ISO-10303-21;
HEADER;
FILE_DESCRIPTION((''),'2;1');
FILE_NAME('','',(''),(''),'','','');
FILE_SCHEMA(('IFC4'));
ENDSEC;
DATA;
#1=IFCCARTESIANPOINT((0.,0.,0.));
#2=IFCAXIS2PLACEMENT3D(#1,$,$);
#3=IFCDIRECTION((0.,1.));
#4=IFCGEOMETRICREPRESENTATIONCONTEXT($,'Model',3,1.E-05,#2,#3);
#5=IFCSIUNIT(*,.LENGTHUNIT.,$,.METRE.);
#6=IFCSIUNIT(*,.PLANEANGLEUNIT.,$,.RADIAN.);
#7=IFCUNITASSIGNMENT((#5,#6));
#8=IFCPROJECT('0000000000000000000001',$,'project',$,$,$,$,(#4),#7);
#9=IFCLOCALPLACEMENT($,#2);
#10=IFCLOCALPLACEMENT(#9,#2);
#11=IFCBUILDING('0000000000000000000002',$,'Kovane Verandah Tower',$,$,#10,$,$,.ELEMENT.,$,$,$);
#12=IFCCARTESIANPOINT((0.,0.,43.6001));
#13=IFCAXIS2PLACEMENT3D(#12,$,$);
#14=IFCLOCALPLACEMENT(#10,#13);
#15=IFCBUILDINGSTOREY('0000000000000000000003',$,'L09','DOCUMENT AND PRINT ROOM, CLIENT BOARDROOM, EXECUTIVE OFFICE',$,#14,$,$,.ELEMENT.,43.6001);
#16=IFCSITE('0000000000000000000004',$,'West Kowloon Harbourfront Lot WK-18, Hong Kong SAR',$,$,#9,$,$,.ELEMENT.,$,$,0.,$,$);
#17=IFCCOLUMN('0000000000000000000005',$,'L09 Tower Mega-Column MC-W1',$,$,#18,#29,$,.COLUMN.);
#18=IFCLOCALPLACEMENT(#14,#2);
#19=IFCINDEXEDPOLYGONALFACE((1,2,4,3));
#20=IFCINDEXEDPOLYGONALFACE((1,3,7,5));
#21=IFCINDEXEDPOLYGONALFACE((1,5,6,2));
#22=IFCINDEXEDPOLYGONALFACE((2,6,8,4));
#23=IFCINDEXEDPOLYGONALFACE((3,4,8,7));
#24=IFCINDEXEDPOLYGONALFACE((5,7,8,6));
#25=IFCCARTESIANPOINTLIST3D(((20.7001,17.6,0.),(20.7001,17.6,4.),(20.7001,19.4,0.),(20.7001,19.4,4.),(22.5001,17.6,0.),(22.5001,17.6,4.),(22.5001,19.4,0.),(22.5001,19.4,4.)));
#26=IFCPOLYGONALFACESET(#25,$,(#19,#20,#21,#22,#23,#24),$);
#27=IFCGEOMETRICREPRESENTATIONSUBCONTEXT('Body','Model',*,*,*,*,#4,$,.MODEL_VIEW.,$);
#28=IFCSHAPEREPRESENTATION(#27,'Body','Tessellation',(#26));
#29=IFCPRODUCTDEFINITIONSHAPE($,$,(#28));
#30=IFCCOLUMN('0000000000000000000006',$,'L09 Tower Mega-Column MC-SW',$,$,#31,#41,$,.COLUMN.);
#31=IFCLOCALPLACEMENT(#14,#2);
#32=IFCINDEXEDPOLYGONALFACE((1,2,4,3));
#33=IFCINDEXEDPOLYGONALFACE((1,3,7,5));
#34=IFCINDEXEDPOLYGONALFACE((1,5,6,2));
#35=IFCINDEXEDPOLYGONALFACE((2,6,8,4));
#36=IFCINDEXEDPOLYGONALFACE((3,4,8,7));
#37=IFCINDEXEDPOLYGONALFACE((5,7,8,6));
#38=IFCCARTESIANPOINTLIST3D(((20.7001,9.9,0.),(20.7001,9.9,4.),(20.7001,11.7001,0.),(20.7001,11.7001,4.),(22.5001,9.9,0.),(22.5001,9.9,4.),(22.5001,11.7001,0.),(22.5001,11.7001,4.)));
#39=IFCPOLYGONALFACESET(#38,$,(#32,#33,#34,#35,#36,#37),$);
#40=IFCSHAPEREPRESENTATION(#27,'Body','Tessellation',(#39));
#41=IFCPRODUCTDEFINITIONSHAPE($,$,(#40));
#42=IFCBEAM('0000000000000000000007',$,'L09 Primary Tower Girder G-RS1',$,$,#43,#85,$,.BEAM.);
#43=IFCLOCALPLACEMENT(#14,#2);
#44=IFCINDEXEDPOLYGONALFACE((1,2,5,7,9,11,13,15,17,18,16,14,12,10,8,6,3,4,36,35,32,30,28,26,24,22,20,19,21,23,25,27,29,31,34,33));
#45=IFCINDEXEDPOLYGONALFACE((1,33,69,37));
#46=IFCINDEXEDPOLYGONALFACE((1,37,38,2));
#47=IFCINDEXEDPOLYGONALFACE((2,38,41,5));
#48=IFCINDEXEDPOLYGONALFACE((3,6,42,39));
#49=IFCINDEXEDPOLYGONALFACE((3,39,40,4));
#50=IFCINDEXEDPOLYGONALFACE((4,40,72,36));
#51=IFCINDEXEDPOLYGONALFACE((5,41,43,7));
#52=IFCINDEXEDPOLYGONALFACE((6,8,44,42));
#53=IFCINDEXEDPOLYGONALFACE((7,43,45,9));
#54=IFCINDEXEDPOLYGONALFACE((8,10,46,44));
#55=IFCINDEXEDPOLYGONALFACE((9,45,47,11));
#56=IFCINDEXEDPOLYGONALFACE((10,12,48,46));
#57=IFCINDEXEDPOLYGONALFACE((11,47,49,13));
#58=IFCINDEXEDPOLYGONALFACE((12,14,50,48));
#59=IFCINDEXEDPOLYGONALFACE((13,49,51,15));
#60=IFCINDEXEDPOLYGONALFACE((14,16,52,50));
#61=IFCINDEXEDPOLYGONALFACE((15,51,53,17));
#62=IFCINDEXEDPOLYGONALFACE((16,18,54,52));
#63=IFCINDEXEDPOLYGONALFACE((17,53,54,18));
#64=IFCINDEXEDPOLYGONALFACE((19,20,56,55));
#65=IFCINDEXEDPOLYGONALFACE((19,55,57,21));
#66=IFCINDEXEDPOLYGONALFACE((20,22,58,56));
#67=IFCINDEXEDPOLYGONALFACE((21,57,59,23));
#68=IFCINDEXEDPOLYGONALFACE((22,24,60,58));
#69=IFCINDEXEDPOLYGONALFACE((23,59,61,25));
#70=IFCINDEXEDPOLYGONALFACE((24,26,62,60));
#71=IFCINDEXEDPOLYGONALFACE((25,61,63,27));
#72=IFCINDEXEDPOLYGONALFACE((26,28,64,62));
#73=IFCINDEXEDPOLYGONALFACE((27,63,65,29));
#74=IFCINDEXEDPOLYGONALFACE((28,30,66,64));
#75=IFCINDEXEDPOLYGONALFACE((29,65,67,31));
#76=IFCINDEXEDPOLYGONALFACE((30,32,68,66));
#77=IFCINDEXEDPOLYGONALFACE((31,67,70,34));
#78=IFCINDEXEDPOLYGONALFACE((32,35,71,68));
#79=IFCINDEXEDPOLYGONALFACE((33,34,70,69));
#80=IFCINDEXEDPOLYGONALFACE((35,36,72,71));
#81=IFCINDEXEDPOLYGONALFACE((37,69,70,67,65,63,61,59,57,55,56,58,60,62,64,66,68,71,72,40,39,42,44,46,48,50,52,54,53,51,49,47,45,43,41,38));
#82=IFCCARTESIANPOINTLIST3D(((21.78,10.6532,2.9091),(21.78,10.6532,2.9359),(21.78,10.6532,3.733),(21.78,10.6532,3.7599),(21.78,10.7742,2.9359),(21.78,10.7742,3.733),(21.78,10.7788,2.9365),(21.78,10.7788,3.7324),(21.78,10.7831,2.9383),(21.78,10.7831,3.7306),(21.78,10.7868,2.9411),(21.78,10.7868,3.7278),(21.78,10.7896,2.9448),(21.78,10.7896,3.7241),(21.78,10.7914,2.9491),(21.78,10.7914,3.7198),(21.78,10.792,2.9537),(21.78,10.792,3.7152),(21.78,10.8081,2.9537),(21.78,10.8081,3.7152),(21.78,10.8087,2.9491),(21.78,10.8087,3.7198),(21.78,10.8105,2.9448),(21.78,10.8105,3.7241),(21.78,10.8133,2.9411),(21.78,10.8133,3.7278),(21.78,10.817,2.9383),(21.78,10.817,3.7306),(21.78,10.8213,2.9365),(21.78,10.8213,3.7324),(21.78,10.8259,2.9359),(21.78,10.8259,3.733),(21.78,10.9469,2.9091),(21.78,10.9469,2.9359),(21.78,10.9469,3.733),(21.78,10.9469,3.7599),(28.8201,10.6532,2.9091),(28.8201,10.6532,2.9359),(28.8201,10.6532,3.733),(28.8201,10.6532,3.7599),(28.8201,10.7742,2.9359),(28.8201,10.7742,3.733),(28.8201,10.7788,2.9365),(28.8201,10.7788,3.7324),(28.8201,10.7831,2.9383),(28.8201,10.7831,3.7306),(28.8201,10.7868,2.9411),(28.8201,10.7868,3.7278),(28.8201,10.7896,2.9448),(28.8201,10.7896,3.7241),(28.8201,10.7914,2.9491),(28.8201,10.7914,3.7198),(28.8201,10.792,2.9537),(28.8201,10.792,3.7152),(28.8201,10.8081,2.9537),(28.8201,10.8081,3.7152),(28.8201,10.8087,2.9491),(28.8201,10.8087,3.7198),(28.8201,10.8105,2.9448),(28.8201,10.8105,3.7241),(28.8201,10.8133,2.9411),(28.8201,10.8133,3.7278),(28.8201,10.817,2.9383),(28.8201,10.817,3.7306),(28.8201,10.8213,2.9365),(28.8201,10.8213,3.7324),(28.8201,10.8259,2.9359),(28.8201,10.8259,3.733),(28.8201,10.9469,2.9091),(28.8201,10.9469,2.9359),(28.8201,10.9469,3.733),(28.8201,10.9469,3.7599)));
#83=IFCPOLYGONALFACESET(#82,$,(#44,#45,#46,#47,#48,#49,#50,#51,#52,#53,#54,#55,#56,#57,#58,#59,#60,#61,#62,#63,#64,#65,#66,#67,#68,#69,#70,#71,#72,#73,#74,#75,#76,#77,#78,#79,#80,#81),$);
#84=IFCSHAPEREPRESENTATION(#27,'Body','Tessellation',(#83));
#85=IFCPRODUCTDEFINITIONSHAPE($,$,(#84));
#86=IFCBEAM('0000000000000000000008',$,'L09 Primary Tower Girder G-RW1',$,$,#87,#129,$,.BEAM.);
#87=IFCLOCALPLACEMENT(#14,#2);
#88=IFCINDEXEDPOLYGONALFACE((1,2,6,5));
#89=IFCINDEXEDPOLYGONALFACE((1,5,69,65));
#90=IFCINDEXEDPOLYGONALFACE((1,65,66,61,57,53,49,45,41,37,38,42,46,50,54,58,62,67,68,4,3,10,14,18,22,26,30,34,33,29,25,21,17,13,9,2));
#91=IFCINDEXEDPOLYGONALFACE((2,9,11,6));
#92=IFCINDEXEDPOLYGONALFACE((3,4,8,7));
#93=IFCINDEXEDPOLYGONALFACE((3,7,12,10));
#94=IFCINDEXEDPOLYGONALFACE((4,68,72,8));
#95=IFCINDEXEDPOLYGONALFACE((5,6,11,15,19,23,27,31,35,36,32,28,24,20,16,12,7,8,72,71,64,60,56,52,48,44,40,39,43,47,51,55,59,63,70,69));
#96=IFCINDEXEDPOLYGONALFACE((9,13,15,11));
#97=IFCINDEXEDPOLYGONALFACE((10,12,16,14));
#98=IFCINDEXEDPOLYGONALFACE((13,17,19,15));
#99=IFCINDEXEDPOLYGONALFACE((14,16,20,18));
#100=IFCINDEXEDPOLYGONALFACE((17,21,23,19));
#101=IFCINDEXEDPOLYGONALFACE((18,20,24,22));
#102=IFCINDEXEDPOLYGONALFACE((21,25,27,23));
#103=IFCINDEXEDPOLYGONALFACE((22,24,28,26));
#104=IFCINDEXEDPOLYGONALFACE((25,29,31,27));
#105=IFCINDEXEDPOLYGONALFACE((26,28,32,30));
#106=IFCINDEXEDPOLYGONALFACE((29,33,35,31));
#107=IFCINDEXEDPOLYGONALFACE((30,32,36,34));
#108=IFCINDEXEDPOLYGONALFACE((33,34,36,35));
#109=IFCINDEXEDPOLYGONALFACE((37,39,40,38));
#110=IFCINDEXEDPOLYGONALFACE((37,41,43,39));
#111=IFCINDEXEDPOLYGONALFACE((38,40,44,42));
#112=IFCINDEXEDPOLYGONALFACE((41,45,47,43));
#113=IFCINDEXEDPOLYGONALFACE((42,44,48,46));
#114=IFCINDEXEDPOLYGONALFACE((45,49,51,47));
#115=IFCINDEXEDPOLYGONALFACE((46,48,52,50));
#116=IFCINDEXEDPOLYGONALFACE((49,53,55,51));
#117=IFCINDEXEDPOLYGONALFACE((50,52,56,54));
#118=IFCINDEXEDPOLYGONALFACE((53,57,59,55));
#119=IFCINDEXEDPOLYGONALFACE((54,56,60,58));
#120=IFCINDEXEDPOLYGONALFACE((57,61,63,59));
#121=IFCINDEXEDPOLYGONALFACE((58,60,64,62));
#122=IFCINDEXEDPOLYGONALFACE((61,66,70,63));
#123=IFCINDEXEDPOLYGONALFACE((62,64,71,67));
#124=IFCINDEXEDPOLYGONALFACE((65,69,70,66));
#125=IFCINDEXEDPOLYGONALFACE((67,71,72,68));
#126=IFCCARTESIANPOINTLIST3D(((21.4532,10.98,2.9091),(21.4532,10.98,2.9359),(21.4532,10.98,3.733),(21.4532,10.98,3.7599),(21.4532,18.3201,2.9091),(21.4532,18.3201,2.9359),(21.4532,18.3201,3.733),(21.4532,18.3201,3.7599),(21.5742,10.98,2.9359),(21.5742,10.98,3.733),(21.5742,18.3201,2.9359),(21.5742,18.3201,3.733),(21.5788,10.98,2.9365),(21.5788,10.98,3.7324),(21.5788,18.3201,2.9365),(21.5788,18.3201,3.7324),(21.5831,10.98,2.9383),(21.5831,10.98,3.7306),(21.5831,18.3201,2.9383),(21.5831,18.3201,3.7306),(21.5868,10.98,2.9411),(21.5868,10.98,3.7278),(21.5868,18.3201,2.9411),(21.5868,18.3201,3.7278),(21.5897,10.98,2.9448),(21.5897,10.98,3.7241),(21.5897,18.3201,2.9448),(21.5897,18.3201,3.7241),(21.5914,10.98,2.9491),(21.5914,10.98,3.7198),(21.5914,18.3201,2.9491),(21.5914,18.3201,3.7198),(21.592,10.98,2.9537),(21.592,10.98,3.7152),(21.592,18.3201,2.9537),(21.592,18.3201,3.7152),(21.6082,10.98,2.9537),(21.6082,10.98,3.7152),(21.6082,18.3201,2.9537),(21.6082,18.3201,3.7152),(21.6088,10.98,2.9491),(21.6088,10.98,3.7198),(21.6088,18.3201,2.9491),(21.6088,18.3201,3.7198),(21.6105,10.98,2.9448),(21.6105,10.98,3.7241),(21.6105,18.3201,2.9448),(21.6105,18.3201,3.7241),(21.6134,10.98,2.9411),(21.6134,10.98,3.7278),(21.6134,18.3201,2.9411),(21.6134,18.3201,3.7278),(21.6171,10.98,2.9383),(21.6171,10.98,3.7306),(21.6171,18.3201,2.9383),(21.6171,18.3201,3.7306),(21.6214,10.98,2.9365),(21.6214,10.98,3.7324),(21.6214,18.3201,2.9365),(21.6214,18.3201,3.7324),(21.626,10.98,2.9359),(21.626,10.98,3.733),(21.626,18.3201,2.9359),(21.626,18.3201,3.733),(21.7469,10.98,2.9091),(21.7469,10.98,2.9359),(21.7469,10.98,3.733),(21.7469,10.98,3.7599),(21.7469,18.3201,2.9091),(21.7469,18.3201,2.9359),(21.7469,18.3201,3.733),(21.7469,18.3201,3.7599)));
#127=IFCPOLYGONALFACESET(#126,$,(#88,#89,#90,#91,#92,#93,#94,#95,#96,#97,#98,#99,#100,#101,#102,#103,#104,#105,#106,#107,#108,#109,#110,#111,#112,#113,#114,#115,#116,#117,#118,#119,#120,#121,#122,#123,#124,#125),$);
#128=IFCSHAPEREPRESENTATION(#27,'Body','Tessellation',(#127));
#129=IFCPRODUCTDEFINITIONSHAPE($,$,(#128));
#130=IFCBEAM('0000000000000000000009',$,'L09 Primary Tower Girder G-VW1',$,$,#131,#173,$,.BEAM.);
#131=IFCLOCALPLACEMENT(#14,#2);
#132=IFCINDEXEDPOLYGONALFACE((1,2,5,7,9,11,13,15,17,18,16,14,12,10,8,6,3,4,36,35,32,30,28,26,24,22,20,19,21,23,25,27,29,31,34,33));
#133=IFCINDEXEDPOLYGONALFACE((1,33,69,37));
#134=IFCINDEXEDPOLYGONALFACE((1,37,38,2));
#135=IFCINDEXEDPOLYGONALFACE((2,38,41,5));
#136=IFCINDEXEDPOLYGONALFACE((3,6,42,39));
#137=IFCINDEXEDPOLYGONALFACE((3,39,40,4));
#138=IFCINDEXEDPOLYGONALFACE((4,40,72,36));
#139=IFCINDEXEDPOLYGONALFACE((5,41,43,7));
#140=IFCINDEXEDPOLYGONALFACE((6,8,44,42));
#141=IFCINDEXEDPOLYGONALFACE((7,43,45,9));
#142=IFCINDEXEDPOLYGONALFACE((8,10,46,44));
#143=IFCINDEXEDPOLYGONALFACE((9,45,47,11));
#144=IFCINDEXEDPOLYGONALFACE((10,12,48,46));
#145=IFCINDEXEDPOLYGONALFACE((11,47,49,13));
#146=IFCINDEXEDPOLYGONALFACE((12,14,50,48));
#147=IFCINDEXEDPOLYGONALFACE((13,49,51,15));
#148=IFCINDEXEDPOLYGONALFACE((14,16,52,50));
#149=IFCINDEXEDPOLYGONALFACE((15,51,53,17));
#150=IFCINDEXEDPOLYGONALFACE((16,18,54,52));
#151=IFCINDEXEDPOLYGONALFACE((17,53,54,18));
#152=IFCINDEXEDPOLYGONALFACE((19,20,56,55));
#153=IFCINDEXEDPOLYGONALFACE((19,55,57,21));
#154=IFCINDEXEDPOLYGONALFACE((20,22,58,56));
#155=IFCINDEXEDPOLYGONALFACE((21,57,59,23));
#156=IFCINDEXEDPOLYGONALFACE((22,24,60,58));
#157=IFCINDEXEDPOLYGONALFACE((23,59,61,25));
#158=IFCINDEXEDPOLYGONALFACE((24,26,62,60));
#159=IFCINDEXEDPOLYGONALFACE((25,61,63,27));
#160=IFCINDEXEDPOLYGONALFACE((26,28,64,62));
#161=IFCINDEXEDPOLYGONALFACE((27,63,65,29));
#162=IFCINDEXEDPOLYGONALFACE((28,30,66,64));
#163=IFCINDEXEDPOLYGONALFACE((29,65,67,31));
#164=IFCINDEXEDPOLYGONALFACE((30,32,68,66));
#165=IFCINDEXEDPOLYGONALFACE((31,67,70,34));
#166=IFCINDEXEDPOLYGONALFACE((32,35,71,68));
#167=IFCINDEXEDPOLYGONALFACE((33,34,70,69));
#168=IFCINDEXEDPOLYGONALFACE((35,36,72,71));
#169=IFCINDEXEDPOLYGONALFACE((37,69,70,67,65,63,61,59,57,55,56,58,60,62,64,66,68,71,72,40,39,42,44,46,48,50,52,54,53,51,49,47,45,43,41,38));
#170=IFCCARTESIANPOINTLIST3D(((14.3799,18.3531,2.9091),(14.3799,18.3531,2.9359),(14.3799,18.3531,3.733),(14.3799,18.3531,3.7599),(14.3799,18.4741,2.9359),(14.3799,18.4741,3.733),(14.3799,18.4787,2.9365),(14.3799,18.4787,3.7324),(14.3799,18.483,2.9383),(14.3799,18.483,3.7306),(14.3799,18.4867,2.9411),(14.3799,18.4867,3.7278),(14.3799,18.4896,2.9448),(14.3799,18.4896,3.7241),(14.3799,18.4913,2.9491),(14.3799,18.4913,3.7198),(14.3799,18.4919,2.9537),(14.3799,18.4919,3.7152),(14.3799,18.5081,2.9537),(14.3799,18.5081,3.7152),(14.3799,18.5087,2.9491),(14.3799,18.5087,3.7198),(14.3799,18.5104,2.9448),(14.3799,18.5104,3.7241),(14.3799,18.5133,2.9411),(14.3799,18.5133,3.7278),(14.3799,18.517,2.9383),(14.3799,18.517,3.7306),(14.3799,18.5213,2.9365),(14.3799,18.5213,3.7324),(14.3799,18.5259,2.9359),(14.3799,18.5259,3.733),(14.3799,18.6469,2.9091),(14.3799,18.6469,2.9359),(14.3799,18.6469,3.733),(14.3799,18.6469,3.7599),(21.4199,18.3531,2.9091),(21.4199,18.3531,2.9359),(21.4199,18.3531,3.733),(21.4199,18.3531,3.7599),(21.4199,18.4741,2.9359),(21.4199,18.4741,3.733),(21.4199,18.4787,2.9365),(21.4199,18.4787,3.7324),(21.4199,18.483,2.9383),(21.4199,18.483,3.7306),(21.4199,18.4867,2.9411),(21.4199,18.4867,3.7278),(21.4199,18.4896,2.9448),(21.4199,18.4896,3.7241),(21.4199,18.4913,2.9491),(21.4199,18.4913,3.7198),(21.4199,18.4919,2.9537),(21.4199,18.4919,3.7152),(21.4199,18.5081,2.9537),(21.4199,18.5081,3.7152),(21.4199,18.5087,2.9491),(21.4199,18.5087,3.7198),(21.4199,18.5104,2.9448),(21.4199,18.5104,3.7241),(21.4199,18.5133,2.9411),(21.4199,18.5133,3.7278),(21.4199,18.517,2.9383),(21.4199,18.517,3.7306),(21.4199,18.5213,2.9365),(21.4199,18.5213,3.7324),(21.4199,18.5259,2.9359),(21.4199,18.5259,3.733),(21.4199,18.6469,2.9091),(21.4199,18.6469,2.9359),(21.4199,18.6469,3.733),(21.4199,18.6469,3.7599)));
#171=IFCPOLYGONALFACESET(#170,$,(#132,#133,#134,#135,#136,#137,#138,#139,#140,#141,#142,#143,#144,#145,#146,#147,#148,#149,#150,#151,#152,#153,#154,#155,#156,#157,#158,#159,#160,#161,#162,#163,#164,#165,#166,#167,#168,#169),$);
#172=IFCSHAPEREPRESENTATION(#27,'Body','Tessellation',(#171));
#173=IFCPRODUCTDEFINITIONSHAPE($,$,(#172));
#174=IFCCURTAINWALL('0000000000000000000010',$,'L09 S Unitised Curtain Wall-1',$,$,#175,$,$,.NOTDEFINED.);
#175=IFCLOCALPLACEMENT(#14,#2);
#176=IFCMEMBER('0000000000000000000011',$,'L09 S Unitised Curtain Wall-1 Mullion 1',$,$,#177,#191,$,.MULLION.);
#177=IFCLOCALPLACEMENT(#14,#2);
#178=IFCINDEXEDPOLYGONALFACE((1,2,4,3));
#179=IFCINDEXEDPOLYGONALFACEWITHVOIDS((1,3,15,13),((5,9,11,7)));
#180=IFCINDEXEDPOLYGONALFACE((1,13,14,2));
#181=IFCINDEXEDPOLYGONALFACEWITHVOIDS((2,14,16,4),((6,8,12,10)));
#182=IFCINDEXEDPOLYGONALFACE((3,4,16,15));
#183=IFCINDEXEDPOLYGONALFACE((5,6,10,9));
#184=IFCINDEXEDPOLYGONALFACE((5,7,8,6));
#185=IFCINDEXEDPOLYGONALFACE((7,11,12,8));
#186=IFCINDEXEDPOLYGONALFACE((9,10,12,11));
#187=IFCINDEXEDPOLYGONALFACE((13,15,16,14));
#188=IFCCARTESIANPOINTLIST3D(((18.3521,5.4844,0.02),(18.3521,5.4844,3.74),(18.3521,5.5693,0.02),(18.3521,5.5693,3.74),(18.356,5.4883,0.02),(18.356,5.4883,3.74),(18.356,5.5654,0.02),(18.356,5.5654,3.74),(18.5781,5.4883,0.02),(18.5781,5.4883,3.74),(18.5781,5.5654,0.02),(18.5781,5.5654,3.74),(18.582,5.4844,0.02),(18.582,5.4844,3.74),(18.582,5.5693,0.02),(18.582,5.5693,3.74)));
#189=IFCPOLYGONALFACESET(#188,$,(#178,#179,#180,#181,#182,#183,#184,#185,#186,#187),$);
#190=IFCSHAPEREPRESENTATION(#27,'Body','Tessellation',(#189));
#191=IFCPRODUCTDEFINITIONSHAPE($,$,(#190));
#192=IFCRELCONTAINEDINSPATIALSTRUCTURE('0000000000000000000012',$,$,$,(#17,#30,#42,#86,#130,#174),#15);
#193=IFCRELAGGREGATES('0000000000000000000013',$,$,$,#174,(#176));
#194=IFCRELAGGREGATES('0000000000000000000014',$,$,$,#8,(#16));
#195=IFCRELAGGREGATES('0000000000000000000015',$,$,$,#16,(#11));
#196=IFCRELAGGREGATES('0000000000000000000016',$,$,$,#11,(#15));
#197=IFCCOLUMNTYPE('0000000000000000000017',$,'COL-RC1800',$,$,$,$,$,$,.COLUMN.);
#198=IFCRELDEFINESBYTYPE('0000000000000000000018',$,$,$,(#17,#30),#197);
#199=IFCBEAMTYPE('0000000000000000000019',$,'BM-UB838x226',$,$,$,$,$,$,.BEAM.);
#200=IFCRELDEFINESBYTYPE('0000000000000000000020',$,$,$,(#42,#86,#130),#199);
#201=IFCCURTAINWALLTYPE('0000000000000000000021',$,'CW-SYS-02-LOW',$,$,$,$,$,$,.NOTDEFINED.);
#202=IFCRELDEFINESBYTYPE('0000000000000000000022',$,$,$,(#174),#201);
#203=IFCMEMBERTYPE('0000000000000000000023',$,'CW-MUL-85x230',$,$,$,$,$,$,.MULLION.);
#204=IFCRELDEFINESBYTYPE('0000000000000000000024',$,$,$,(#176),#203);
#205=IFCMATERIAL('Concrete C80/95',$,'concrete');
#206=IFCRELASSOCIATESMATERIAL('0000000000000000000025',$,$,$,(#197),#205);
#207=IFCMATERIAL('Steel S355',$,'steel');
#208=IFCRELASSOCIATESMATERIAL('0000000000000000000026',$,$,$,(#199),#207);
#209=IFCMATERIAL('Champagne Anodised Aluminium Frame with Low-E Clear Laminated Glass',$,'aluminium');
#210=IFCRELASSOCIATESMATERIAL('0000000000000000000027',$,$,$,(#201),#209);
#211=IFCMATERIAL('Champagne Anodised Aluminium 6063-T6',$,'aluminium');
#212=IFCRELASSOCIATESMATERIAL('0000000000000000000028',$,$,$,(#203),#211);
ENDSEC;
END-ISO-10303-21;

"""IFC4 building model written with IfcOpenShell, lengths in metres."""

from ifc_helpers import new_model, si_unit, direction, frame, origin, origin_2d, place, context, subcontext, project, spatial, rectangle, hollow_rectangle, i_section, extrude, material, material_profile, profile_set, type_object, element, aggregate, save


model = new_model("IFC4")

# Units and contexts
model_context = context("Model", 3, precision=1e-05, world=origin(), true_north=direction((0.0, 1.0)))
body_context = subcontext(model_context, "Body", "Model", "MODEL_VIEW")
ifc_project = project(units=[si_unit("LENGTHUNIT", "METRE"), si_unit("PLANEANGLEUNIT", "RADIAN")], contexts=[model_context])

# Site, building, storey
site_placement = place(None, origin())
site = spatial("IfcSite", under=ifc_project, at=site_placement, Name="West Kowloon Harbourfront Lot WK-18, Hong Kong SAR", CompositionType="ELEMENT", RefElevation=0.0)
building_placement = place(site_placement, origin())
building = spatial("IfcBuilding", under=site, at=building_placement, Name="Kovane Verandah Tower", CompositionType="ELEMENT")
storey_placement = place(building_placement, frame((0.0, 0.0, 43.6001)))
storey = spatial("IfcBuildingStorey", under=building, at=storey_placement, Name="L09", Description="DOCUMENT AND PRINT ROOM, CLIENT BOARDROOM, EXECUTIVE OFFICE", CompositionType="ELEMENT", Elevation=43.6001)

# Columns
ifc_material_1 = material(Name="Concrete C80/95", Category="concrete")
ifc_material_profile_1 = material_profile(ifc_material_1, rectangle(XDim=1.8, YDim=1.8, at=origin_2d()), Name="RC1800x1800")
ifc_profile_set_1 = profile_set([ifc_material_profile_1], Name="Concrete C80/95")
column_type = type_object("IfcColumnType", Name="COL-RC1800", PredefinedType="COLUMN", material=ifc_profile_set_1)
for number, where, z_axis, x_axis, name in (
    (1, (21.6001, 18.5, 0.0), (0.0, 0.0, 1.0), (1.0, 0.0, 0.0), "L09 Tower Mega-Column MC-W1"),
    (2, (21.6001, 10.8, 0.0), (0.0, 0.0, 1.0), (1.0, 0.0, 0.0), "L09 Tower Mega-Column MC-SW"),
):
    element("IfcColumn", number, at=place(storey_placement, frame(where, z_axis=z_axis, x_axis=x_axis)), inside=storey, type_object=column_type, Name=name, PredefinedType="COLUMN", context=body_context, shape_type="SweptSolid", body=[
        extrude(rectangle(XDim=1.8, YDim=1.8, at=origin_2d()), origin(), (0.0, 0.0, 1.0), 4.0),
    ])

# Beams
ifc_material_2 = material(Name="Steel S355", Category="steel")
ifc_material_profile_2 = material_profile(ifc_material_2, i_section(OverallWidth=0.2937, OverallDepth=0.8508, WebThickness=0.0161, FlangeThickness=0.0269, FilletRadius=0.0178, at=origin_2d()), Name="UB838x292x226")
ifc_profile_set_2 = profile_set([ifc_material_profile_2], Name="Steel S355")
beam_type = type_object("IfcBeamType", Name="BM-UB838x226", PredefinedType="BEAM", material=ifc_profile_set_2)
beam_1_placement = place(storey_placement, frame((21.78, 10.8, 3.3345), z_axis=(1.0, 0.0, 0.0), x_axis=(0.0, 1.0, 0.0)))
element("IfcBeam", 3, at=beam_1_placement, inside=storey, type_object=beam_type, Name="L09 Primary Tower Girder G-RS1", PredefinedType="BEAM", context=body_context, shape_type="SweptSolid", body=[
    extrude(i_section(OverallWidth=0.2937, OverallDepth=0.8508, WebThickness=0.0161, FlangeThickness=0.0269, FilletRadius=0.0178, at=origin_2d()), origin(), (0.0, 0.0, 1.0), 7.04),
])
beam_2_placement = place(storey_placement, frame((21.6001, 10.98, 3.3345), z_axis=(0.0, 1.0, 0.0), x_axis=(-1.0, 0.0, 0.0)))
element("IfcBeam", 4, at=beam_2_placement, inside=storey, type_object=beam_type, Name="L09 Primary Tower Girder G-RW1", PredefinedType="BEAM", context=body_context, shape_type="SweptSolid", body=[
    extrude(i_section(OverallWidth=0.2937, OverallDepth=0.8508, WebThickness=0.0161, FlangeThickness=0.0269, FilletRadius=0.0178, at=origin_2d()), origin(), (0.0, 0.0, 1.0), 7.3401),
])
beam_3_placement = place(storey_placement, frame((21.4199, 18.5, 3.3345), z_axis=(-1.0, 0.0, 0.0), x_axis=(0.0, -1.0, 0.0)))
element("IfcBeam", 5, at=beam_3_placement, inside=storey, type_object=beam_type, Name="L09 Primary Tower Girder G-VW1", PredefinedType="BEAM", context=body_context, shape_type="SweptSolid", body=[
    extrude(i_section(OverallWidth=0.2937, OverallDepth=0.8508, WebThickness=0.0161, FlangeThickness=0.0269, FilletRadius=0.0178, at=origin_2d()), origin(), (0.0, 0.0, 1.0), 7.04),
])

# Curtain wall, member
ifc_material_3 = material(Name="Champagne Anodised Aluminium Frame with Low-E Clear Laminated Glass", Category="aluminium")
curtain_wall_type = type_object("IfcCurtainWallType", Name="CW-SYS-02-LOW", PredefinedType="NOTDEFINED", material=ifc_material_3)
curtain_wall_1_placement = place(storey_placement, origin())
curtain_wall_1 = element("IfcCurtainWall", 6, at=curtain_wall_1_placement, inside=storey, type_object=curtain_wall_type, Name="L09 S Unitised Curtain Wall-1", PredefinedType="NOTDEFINED")
ifc_material_4 = material(Name="Champagne Anodised Aluminium 6063-T6", Category="aluminium")
ifc_material_profile_3 = material_profile(ifc_material_4, hollow_rectangle(XDim=0.085, YDim=0.23, WallThickness=0.0039, at=origin_2d()), Name="AL85x230x4")
ifc_profile_set_3 = profile_set([ifc_material_profile_3], Name="Champagne Anodised Aluminium 6063-T6")
member_type_1 = type_object("IfcMemberType", Name="CW-MUL-85x230", PredefinedType="MULLION", material=ifc_profile_set_3)
member_1_placement = place(storey_placement, frame((18.467, 5.5269, 0.02), z_axis=(0.0, 0.0, 1.0), x_axis=(0.0, -1.0, 0.0)))
member_1 = element("IfcMember", 7, at=member_1_placement, type_object=member_type_1, Name="L09 S Unitised Curtain Wall-1 Mullion 1", PredefinedType="MULLION", context=body_context, shape_type="SweptSolid", body=[
    extrude(hollow_rectangle(XDim=0.085, YDim=0.23, WallThickness=0.0039, at=origin_2d()), origin(), (0.0, 0.0, 1.0), 3.72),
])

aggregate(curtain_wall_1, [member_1])

save(model, "model.ifc")
